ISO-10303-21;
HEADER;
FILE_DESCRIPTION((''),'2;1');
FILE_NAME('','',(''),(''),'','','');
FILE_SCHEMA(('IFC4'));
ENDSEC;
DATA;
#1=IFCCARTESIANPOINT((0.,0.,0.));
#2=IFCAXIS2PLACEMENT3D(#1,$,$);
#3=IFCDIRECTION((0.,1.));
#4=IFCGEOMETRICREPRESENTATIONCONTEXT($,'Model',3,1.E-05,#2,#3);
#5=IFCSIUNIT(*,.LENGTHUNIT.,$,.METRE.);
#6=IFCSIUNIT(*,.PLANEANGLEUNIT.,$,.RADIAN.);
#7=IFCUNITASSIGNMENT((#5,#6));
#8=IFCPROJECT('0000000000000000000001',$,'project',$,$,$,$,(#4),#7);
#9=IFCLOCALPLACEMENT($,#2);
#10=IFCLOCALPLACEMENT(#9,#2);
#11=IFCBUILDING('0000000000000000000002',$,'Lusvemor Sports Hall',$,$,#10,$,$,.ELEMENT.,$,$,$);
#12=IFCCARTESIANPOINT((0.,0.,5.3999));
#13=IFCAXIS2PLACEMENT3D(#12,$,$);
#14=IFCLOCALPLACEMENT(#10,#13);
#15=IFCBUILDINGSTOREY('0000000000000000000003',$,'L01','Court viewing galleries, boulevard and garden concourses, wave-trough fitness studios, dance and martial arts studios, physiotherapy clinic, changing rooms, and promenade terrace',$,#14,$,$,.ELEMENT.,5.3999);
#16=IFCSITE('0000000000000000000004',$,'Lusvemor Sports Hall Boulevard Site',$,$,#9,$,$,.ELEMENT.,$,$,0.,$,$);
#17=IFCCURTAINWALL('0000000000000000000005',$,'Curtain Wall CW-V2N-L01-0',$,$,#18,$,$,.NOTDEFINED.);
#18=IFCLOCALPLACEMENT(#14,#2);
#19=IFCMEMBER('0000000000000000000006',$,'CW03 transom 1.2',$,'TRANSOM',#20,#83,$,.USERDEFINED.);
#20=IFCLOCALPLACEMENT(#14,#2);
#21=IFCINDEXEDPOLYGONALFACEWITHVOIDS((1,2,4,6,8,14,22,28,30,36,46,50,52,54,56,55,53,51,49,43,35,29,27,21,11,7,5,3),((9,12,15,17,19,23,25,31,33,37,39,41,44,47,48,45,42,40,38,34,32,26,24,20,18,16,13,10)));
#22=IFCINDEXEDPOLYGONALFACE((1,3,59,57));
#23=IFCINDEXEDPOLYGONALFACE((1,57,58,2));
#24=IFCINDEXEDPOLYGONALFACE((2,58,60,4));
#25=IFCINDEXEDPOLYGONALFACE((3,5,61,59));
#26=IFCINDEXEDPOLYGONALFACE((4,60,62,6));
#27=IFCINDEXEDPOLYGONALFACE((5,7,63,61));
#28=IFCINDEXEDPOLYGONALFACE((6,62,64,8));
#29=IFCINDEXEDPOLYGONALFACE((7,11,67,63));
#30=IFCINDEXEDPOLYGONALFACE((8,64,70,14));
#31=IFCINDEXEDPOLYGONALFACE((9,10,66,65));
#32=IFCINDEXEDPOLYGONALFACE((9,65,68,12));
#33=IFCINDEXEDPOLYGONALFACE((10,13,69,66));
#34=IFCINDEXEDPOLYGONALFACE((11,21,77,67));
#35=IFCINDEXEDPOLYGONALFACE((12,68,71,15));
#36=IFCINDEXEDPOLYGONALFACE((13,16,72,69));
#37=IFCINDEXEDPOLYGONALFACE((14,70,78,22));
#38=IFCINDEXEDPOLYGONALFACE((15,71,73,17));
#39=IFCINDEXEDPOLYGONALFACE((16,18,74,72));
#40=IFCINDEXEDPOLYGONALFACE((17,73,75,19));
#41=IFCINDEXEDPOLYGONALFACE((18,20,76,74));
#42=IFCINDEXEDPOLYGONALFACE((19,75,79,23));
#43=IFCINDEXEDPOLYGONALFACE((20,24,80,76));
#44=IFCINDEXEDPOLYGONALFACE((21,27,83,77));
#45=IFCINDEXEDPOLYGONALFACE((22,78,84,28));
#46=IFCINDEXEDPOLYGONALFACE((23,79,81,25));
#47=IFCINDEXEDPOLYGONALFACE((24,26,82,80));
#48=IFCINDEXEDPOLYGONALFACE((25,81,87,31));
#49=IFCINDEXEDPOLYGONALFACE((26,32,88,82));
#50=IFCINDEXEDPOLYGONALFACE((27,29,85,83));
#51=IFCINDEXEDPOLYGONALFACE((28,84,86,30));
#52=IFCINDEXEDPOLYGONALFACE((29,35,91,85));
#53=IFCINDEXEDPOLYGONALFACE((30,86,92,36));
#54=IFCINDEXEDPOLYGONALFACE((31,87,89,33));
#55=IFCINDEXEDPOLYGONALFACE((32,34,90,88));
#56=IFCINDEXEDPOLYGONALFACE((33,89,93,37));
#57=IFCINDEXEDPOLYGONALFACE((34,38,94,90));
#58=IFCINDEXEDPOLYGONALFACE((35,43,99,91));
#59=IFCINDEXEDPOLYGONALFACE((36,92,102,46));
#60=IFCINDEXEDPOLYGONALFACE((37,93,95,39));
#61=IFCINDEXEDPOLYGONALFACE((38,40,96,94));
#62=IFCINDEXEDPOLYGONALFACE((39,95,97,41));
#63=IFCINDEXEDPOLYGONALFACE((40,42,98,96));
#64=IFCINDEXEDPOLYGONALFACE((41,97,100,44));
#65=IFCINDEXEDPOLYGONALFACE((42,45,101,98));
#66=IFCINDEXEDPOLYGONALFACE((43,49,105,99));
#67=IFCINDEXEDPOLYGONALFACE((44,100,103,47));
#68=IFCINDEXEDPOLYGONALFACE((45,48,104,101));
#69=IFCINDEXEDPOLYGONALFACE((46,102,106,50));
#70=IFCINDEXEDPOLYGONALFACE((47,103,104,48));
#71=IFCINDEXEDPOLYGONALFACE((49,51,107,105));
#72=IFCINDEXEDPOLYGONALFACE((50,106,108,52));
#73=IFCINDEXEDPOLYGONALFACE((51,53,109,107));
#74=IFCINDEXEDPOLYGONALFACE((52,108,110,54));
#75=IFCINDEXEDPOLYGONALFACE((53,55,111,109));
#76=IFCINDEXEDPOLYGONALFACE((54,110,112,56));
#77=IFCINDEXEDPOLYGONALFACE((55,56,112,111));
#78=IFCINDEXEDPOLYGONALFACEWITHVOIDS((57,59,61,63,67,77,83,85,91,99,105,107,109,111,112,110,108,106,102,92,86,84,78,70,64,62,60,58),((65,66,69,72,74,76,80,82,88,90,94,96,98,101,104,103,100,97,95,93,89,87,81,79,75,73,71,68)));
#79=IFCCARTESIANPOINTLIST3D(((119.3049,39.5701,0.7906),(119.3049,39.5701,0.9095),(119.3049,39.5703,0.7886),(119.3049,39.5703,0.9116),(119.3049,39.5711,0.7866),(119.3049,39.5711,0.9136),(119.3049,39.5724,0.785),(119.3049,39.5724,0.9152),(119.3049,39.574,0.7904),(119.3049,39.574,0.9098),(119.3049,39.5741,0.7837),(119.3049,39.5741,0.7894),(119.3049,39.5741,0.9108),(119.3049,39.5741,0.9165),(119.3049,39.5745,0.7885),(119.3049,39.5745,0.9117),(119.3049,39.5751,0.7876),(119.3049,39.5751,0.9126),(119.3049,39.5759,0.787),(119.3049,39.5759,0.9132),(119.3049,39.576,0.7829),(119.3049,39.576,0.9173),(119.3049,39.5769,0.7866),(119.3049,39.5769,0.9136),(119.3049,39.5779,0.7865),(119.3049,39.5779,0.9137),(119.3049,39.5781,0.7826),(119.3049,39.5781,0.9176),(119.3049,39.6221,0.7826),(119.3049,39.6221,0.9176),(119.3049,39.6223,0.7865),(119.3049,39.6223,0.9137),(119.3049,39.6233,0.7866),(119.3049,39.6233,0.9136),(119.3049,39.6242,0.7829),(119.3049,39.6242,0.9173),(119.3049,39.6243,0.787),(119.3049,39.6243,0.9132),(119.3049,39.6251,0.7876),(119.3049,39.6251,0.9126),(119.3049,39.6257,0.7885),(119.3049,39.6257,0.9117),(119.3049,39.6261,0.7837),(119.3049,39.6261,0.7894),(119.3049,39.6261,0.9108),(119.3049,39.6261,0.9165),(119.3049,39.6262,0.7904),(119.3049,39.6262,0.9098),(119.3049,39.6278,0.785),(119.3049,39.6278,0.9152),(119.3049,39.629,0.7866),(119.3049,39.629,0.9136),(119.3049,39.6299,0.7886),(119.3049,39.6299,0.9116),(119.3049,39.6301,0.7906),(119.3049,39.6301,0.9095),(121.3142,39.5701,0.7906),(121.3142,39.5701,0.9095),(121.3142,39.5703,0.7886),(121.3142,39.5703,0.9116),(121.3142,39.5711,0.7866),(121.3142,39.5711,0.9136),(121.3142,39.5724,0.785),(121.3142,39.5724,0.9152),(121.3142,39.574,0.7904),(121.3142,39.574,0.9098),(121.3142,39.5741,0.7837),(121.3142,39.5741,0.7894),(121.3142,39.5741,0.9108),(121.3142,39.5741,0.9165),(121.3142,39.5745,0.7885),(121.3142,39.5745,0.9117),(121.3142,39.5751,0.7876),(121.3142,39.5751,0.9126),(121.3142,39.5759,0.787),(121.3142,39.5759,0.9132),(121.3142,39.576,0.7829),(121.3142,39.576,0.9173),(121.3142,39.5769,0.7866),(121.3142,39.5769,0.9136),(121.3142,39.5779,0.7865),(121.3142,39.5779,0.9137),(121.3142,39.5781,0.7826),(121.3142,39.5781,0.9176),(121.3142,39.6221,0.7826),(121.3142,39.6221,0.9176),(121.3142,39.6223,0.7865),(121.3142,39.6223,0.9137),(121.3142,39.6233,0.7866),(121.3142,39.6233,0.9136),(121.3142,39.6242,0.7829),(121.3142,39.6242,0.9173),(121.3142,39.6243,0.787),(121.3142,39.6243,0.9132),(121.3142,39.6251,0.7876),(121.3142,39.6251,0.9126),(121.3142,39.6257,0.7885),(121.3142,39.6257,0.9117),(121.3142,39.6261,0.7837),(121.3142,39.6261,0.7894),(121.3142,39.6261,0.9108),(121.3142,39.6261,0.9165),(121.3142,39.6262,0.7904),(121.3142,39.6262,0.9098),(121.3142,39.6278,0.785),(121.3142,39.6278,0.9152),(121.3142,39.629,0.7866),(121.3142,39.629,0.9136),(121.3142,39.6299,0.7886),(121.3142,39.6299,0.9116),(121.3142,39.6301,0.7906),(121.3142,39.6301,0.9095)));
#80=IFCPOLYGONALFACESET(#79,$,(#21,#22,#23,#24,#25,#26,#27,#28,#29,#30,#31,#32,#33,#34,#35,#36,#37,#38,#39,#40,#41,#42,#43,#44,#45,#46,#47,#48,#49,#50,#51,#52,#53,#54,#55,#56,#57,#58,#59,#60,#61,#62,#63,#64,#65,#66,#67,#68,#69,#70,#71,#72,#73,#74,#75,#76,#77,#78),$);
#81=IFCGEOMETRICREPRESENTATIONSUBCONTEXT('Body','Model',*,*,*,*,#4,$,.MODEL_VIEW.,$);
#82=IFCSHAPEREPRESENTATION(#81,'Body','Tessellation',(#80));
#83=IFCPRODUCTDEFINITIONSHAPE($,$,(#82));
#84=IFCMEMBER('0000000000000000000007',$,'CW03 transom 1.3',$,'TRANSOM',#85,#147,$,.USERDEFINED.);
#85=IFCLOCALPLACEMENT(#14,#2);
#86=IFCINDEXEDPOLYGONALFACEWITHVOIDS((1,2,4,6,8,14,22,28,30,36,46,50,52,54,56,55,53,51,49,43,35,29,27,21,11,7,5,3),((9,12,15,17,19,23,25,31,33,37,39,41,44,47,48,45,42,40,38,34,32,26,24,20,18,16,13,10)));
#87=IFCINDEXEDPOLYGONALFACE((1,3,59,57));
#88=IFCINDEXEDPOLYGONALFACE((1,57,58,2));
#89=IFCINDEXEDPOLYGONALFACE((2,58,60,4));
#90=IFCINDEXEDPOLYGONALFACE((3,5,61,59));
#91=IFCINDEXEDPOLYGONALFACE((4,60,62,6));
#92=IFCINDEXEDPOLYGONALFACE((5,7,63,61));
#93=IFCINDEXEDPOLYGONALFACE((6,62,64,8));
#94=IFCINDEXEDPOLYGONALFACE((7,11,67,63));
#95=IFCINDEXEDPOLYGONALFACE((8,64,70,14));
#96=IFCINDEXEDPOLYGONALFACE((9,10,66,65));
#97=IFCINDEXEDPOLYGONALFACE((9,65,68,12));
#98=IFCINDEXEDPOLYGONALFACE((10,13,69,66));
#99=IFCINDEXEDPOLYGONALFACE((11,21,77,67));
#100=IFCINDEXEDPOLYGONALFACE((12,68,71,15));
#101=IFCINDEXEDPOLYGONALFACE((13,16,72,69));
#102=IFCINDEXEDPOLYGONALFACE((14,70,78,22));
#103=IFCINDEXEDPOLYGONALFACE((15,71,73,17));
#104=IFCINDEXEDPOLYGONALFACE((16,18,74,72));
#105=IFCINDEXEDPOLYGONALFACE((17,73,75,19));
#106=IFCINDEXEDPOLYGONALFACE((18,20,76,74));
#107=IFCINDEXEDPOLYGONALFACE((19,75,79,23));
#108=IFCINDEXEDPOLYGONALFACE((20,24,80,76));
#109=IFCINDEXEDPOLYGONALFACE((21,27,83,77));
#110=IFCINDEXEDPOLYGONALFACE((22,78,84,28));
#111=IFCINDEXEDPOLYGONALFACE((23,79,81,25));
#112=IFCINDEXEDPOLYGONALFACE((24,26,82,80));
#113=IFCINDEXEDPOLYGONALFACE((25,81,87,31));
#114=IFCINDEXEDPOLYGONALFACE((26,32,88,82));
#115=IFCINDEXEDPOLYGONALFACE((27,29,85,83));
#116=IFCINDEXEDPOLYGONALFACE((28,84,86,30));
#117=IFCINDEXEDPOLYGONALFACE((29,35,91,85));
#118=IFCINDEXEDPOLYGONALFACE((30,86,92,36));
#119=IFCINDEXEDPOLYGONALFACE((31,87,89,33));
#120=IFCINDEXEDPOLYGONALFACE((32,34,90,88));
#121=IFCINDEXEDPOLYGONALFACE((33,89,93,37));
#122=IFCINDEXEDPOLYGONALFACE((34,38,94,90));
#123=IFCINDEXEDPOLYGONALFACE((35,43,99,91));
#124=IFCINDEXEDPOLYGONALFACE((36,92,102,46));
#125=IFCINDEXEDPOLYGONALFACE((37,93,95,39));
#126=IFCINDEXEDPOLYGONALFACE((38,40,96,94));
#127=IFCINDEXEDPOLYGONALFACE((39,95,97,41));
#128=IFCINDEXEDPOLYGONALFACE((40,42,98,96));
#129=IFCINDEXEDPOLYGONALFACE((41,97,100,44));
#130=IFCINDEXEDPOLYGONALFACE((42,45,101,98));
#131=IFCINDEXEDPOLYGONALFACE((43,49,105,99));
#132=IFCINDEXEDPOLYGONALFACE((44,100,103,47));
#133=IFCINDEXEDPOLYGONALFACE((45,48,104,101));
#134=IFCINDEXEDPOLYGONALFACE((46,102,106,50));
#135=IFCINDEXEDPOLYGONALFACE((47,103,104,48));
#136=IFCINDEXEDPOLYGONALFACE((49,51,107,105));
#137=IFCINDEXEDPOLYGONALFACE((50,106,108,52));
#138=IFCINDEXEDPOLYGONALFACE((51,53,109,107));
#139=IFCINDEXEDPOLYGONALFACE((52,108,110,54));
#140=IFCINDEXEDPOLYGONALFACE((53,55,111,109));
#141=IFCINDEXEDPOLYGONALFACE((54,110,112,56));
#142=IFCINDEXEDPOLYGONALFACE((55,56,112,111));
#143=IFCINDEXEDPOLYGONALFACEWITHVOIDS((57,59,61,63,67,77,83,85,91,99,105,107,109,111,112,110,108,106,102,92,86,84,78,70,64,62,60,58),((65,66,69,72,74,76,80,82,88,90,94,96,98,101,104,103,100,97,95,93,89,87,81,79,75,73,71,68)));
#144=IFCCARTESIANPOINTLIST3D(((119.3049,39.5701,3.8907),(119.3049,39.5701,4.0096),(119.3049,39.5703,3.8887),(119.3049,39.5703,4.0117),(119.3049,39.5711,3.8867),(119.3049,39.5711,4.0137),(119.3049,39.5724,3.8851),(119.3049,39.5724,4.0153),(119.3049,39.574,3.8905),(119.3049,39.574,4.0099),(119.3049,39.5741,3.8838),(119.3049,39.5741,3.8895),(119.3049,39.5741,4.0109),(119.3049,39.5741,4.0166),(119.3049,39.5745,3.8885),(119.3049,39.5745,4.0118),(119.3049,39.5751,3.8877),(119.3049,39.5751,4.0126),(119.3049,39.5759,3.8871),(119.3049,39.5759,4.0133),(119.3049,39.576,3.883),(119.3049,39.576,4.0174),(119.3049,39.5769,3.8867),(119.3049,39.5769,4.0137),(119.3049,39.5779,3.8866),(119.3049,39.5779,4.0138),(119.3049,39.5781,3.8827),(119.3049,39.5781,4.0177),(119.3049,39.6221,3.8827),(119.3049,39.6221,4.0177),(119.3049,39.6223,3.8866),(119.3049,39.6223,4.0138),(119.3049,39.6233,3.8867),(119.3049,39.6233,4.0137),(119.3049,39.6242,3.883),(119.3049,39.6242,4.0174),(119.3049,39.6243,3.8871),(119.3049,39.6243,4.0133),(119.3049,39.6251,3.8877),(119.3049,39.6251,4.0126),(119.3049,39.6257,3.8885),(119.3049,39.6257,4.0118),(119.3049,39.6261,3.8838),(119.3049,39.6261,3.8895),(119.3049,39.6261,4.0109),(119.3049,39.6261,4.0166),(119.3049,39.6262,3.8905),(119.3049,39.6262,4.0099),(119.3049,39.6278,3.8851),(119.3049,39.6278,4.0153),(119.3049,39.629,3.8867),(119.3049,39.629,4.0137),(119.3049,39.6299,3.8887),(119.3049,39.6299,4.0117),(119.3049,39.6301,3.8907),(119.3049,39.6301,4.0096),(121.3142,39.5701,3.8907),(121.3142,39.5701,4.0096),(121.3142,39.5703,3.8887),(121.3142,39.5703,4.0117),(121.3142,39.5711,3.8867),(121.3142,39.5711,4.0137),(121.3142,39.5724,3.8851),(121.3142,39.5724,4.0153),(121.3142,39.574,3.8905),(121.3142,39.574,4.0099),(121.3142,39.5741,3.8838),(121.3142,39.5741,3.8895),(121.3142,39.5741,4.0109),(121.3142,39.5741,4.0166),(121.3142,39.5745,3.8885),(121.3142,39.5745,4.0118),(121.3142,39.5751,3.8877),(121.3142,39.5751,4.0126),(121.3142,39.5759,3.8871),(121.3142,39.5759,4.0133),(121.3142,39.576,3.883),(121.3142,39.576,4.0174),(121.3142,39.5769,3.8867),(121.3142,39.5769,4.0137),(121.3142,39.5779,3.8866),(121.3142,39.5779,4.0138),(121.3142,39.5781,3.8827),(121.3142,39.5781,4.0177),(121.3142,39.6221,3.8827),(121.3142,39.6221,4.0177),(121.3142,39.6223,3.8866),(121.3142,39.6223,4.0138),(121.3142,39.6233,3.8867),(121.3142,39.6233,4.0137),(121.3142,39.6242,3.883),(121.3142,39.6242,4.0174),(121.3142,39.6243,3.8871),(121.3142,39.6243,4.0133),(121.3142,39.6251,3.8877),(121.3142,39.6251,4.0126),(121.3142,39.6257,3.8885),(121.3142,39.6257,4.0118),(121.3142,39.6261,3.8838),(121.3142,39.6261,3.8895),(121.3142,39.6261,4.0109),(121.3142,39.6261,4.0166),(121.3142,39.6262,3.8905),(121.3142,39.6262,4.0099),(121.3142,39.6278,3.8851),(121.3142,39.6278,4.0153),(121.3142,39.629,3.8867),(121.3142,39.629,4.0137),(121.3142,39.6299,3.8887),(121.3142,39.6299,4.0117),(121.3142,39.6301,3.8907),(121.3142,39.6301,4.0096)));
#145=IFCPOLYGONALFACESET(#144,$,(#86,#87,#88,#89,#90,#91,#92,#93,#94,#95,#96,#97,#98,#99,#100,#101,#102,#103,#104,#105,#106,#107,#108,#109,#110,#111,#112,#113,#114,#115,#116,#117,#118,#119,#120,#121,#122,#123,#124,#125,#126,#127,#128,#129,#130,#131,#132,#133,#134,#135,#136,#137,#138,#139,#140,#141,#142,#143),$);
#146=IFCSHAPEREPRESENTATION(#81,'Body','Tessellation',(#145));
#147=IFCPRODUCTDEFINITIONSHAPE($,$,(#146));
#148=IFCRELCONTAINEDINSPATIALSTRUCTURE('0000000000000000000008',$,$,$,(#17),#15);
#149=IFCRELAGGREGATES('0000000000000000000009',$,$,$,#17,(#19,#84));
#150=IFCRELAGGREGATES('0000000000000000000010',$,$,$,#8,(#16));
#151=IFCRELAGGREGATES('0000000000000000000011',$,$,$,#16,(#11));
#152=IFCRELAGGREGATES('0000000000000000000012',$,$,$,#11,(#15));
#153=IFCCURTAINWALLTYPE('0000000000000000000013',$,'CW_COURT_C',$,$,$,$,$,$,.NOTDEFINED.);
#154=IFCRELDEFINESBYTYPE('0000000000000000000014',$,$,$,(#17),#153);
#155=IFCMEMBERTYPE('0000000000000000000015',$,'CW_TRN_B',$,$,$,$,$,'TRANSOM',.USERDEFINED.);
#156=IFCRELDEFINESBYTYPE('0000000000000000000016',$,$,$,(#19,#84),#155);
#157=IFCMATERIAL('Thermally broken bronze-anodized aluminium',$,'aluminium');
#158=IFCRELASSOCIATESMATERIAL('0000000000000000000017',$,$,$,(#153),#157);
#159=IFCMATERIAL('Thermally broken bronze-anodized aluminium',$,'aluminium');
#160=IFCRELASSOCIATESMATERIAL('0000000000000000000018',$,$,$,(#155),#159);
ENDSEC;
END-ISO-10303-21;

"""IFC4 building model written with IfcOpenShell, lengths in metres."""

from ifc_helpers import new_model, si_unit, direction, frame, origin, origin_2d, place, context, subcontext, project, spatial, hollow_rectangle, extrude, material, material_profile, profile_set, type_object, element, aggregate, save


model = new_model("IFC4")

# Units and contexts
model_context = context("Model", 3, precision=1e-05, world=origin(), true_north=direction((0.0, 1.0)))
body_context = subcontext(model_context, "Body", "Model", "MODEL_VIEW")
ifc_project = project(units=[si_unit("LENGTHUNIT", "METRE"), si_unit("PLANEANGLEUNIT", "RADIAN")], contexts=[model_context])

# Site, building, storey
site_placement = place(None, origin())
site = spatial("IfcSite", under=ifc_project, at=site_placement, Name="Lusvemor Sports Hall Boulevard Site", CompositionType="ELEMENT", RefElevation=0.0)
building_placement = place(site_placement, origin())
building = spatial("IfcBuilding", under=site, at=building_placement, Name="Lusvemor Sports Hall", CompositionType="ELEMENT")
storey_placement = place(building_placement, frame((0.0, 0.0, 5.3999)))
storey = spatial("IfcBuildingStorey", under=building, at=storey_placement, Name="L01", Description="Court viewing galleries, boulevard and garden concourses, wave-trough fitness studios, dance and martial arts studios, physiotherapy clinic, changing rooms, and promenade terrace", CompositionType="ELEMENT", Elevation=5.3999)

# Curtain wall
ifc_material_1 = material(Name="Thermally broken bronze-anodized aluminium", Category="aluminium")
curtain_wall_type_1 = type_object("IfcCurtainWallType", Name="CW_COURT_C", PredefinedType="NOTDEFINED", material=ifc_material_1)
curtain_wall_1_placement = place(storey_placement, origin())
curtain_wall_1 = element("IfcCurtainWall", 1, at=curtain_wall_1_placement, inside=storey, type_object=curtain_wall_type_1, Name="Curtain Wall CW-V2N-L01-0", PredefinedType="NOTDEFINED")

# Members
ifc_material_2 = material(Name="Thermally broken bronze-anodized aluminium", Category="aluminium")
ifc_material_profile_1 = material_profile(ifc_material_2, hollow_rectangle(XDim=0.0601, YDim=0.135, WallThickness=0.0039, InnerFilletRadius=0.0039, OuterFilletRadius=0.0081, at=origin_2d()), Name="CWTRN135x60x4")
ifc_profile_set_1 = profile_set([ifc_material_profile_1], Name="Thermally broken bronze-anodized aluminium")
member_type_1 = type_object("IfcMemberType", Name="CW_TRN_B", ElementType="TRANSOM", PredefinedType="USERDEFINED", material=ifc_profile_set_1)
member_1_placement = place(storey_placement, frame((119.3049, 39.6001, 0.8501), z_axis=(1.0, 0.0, 0.0), x_axis=(0.0, 1.0, 0.0)))
member_1 = element("IfcMember", 2, at=member_1_placement, type_object=member_type_1, Name="CW03 transom 1.2", ObjectType="TRANSOM", PredefinedType="USERDEFINED", context=body_context, shape_type="SweptSolid", body=[
    extrude(hollow_rectangle(XDim=0.0601, YDim=0.135, WallThickness=0.0039, InnerFilletRadius=0.0039, OuterFilletRadius=0.0081, at=origin_2d()), origin(), (0.0, 0.0, 1.0), 2.0093),
])
member_2_placement = place(storey_placement, frame((119.3049, 39.6001, 3.9502), z_axis=(1.0, 0.0, 0.0), x_axis=(0.0, 1.0, 0.0)))
member_2 = element("IfcMember", 3, at=member_2_placement, type_object=member_type_1, Name="CW03 transom 1.3", ObjectType="TRANSOM", PredefinedType="USERDEFINED", context=body_context, shape_type="SweptSolid", body=[
    extrude(hollow_rectangle(XDim=0.0601, YDim=0.135, WallThickness=0.0039, InnerFilletRadius=0.0039, OuterFilletRadius=0.0081, at=origin_2d()), origin(), (0.0, 0.0, 1.0), 2.0093),
])

aggregate(curtain_wall_1, [member_1, member_2])

save(model, "model.ifc")
